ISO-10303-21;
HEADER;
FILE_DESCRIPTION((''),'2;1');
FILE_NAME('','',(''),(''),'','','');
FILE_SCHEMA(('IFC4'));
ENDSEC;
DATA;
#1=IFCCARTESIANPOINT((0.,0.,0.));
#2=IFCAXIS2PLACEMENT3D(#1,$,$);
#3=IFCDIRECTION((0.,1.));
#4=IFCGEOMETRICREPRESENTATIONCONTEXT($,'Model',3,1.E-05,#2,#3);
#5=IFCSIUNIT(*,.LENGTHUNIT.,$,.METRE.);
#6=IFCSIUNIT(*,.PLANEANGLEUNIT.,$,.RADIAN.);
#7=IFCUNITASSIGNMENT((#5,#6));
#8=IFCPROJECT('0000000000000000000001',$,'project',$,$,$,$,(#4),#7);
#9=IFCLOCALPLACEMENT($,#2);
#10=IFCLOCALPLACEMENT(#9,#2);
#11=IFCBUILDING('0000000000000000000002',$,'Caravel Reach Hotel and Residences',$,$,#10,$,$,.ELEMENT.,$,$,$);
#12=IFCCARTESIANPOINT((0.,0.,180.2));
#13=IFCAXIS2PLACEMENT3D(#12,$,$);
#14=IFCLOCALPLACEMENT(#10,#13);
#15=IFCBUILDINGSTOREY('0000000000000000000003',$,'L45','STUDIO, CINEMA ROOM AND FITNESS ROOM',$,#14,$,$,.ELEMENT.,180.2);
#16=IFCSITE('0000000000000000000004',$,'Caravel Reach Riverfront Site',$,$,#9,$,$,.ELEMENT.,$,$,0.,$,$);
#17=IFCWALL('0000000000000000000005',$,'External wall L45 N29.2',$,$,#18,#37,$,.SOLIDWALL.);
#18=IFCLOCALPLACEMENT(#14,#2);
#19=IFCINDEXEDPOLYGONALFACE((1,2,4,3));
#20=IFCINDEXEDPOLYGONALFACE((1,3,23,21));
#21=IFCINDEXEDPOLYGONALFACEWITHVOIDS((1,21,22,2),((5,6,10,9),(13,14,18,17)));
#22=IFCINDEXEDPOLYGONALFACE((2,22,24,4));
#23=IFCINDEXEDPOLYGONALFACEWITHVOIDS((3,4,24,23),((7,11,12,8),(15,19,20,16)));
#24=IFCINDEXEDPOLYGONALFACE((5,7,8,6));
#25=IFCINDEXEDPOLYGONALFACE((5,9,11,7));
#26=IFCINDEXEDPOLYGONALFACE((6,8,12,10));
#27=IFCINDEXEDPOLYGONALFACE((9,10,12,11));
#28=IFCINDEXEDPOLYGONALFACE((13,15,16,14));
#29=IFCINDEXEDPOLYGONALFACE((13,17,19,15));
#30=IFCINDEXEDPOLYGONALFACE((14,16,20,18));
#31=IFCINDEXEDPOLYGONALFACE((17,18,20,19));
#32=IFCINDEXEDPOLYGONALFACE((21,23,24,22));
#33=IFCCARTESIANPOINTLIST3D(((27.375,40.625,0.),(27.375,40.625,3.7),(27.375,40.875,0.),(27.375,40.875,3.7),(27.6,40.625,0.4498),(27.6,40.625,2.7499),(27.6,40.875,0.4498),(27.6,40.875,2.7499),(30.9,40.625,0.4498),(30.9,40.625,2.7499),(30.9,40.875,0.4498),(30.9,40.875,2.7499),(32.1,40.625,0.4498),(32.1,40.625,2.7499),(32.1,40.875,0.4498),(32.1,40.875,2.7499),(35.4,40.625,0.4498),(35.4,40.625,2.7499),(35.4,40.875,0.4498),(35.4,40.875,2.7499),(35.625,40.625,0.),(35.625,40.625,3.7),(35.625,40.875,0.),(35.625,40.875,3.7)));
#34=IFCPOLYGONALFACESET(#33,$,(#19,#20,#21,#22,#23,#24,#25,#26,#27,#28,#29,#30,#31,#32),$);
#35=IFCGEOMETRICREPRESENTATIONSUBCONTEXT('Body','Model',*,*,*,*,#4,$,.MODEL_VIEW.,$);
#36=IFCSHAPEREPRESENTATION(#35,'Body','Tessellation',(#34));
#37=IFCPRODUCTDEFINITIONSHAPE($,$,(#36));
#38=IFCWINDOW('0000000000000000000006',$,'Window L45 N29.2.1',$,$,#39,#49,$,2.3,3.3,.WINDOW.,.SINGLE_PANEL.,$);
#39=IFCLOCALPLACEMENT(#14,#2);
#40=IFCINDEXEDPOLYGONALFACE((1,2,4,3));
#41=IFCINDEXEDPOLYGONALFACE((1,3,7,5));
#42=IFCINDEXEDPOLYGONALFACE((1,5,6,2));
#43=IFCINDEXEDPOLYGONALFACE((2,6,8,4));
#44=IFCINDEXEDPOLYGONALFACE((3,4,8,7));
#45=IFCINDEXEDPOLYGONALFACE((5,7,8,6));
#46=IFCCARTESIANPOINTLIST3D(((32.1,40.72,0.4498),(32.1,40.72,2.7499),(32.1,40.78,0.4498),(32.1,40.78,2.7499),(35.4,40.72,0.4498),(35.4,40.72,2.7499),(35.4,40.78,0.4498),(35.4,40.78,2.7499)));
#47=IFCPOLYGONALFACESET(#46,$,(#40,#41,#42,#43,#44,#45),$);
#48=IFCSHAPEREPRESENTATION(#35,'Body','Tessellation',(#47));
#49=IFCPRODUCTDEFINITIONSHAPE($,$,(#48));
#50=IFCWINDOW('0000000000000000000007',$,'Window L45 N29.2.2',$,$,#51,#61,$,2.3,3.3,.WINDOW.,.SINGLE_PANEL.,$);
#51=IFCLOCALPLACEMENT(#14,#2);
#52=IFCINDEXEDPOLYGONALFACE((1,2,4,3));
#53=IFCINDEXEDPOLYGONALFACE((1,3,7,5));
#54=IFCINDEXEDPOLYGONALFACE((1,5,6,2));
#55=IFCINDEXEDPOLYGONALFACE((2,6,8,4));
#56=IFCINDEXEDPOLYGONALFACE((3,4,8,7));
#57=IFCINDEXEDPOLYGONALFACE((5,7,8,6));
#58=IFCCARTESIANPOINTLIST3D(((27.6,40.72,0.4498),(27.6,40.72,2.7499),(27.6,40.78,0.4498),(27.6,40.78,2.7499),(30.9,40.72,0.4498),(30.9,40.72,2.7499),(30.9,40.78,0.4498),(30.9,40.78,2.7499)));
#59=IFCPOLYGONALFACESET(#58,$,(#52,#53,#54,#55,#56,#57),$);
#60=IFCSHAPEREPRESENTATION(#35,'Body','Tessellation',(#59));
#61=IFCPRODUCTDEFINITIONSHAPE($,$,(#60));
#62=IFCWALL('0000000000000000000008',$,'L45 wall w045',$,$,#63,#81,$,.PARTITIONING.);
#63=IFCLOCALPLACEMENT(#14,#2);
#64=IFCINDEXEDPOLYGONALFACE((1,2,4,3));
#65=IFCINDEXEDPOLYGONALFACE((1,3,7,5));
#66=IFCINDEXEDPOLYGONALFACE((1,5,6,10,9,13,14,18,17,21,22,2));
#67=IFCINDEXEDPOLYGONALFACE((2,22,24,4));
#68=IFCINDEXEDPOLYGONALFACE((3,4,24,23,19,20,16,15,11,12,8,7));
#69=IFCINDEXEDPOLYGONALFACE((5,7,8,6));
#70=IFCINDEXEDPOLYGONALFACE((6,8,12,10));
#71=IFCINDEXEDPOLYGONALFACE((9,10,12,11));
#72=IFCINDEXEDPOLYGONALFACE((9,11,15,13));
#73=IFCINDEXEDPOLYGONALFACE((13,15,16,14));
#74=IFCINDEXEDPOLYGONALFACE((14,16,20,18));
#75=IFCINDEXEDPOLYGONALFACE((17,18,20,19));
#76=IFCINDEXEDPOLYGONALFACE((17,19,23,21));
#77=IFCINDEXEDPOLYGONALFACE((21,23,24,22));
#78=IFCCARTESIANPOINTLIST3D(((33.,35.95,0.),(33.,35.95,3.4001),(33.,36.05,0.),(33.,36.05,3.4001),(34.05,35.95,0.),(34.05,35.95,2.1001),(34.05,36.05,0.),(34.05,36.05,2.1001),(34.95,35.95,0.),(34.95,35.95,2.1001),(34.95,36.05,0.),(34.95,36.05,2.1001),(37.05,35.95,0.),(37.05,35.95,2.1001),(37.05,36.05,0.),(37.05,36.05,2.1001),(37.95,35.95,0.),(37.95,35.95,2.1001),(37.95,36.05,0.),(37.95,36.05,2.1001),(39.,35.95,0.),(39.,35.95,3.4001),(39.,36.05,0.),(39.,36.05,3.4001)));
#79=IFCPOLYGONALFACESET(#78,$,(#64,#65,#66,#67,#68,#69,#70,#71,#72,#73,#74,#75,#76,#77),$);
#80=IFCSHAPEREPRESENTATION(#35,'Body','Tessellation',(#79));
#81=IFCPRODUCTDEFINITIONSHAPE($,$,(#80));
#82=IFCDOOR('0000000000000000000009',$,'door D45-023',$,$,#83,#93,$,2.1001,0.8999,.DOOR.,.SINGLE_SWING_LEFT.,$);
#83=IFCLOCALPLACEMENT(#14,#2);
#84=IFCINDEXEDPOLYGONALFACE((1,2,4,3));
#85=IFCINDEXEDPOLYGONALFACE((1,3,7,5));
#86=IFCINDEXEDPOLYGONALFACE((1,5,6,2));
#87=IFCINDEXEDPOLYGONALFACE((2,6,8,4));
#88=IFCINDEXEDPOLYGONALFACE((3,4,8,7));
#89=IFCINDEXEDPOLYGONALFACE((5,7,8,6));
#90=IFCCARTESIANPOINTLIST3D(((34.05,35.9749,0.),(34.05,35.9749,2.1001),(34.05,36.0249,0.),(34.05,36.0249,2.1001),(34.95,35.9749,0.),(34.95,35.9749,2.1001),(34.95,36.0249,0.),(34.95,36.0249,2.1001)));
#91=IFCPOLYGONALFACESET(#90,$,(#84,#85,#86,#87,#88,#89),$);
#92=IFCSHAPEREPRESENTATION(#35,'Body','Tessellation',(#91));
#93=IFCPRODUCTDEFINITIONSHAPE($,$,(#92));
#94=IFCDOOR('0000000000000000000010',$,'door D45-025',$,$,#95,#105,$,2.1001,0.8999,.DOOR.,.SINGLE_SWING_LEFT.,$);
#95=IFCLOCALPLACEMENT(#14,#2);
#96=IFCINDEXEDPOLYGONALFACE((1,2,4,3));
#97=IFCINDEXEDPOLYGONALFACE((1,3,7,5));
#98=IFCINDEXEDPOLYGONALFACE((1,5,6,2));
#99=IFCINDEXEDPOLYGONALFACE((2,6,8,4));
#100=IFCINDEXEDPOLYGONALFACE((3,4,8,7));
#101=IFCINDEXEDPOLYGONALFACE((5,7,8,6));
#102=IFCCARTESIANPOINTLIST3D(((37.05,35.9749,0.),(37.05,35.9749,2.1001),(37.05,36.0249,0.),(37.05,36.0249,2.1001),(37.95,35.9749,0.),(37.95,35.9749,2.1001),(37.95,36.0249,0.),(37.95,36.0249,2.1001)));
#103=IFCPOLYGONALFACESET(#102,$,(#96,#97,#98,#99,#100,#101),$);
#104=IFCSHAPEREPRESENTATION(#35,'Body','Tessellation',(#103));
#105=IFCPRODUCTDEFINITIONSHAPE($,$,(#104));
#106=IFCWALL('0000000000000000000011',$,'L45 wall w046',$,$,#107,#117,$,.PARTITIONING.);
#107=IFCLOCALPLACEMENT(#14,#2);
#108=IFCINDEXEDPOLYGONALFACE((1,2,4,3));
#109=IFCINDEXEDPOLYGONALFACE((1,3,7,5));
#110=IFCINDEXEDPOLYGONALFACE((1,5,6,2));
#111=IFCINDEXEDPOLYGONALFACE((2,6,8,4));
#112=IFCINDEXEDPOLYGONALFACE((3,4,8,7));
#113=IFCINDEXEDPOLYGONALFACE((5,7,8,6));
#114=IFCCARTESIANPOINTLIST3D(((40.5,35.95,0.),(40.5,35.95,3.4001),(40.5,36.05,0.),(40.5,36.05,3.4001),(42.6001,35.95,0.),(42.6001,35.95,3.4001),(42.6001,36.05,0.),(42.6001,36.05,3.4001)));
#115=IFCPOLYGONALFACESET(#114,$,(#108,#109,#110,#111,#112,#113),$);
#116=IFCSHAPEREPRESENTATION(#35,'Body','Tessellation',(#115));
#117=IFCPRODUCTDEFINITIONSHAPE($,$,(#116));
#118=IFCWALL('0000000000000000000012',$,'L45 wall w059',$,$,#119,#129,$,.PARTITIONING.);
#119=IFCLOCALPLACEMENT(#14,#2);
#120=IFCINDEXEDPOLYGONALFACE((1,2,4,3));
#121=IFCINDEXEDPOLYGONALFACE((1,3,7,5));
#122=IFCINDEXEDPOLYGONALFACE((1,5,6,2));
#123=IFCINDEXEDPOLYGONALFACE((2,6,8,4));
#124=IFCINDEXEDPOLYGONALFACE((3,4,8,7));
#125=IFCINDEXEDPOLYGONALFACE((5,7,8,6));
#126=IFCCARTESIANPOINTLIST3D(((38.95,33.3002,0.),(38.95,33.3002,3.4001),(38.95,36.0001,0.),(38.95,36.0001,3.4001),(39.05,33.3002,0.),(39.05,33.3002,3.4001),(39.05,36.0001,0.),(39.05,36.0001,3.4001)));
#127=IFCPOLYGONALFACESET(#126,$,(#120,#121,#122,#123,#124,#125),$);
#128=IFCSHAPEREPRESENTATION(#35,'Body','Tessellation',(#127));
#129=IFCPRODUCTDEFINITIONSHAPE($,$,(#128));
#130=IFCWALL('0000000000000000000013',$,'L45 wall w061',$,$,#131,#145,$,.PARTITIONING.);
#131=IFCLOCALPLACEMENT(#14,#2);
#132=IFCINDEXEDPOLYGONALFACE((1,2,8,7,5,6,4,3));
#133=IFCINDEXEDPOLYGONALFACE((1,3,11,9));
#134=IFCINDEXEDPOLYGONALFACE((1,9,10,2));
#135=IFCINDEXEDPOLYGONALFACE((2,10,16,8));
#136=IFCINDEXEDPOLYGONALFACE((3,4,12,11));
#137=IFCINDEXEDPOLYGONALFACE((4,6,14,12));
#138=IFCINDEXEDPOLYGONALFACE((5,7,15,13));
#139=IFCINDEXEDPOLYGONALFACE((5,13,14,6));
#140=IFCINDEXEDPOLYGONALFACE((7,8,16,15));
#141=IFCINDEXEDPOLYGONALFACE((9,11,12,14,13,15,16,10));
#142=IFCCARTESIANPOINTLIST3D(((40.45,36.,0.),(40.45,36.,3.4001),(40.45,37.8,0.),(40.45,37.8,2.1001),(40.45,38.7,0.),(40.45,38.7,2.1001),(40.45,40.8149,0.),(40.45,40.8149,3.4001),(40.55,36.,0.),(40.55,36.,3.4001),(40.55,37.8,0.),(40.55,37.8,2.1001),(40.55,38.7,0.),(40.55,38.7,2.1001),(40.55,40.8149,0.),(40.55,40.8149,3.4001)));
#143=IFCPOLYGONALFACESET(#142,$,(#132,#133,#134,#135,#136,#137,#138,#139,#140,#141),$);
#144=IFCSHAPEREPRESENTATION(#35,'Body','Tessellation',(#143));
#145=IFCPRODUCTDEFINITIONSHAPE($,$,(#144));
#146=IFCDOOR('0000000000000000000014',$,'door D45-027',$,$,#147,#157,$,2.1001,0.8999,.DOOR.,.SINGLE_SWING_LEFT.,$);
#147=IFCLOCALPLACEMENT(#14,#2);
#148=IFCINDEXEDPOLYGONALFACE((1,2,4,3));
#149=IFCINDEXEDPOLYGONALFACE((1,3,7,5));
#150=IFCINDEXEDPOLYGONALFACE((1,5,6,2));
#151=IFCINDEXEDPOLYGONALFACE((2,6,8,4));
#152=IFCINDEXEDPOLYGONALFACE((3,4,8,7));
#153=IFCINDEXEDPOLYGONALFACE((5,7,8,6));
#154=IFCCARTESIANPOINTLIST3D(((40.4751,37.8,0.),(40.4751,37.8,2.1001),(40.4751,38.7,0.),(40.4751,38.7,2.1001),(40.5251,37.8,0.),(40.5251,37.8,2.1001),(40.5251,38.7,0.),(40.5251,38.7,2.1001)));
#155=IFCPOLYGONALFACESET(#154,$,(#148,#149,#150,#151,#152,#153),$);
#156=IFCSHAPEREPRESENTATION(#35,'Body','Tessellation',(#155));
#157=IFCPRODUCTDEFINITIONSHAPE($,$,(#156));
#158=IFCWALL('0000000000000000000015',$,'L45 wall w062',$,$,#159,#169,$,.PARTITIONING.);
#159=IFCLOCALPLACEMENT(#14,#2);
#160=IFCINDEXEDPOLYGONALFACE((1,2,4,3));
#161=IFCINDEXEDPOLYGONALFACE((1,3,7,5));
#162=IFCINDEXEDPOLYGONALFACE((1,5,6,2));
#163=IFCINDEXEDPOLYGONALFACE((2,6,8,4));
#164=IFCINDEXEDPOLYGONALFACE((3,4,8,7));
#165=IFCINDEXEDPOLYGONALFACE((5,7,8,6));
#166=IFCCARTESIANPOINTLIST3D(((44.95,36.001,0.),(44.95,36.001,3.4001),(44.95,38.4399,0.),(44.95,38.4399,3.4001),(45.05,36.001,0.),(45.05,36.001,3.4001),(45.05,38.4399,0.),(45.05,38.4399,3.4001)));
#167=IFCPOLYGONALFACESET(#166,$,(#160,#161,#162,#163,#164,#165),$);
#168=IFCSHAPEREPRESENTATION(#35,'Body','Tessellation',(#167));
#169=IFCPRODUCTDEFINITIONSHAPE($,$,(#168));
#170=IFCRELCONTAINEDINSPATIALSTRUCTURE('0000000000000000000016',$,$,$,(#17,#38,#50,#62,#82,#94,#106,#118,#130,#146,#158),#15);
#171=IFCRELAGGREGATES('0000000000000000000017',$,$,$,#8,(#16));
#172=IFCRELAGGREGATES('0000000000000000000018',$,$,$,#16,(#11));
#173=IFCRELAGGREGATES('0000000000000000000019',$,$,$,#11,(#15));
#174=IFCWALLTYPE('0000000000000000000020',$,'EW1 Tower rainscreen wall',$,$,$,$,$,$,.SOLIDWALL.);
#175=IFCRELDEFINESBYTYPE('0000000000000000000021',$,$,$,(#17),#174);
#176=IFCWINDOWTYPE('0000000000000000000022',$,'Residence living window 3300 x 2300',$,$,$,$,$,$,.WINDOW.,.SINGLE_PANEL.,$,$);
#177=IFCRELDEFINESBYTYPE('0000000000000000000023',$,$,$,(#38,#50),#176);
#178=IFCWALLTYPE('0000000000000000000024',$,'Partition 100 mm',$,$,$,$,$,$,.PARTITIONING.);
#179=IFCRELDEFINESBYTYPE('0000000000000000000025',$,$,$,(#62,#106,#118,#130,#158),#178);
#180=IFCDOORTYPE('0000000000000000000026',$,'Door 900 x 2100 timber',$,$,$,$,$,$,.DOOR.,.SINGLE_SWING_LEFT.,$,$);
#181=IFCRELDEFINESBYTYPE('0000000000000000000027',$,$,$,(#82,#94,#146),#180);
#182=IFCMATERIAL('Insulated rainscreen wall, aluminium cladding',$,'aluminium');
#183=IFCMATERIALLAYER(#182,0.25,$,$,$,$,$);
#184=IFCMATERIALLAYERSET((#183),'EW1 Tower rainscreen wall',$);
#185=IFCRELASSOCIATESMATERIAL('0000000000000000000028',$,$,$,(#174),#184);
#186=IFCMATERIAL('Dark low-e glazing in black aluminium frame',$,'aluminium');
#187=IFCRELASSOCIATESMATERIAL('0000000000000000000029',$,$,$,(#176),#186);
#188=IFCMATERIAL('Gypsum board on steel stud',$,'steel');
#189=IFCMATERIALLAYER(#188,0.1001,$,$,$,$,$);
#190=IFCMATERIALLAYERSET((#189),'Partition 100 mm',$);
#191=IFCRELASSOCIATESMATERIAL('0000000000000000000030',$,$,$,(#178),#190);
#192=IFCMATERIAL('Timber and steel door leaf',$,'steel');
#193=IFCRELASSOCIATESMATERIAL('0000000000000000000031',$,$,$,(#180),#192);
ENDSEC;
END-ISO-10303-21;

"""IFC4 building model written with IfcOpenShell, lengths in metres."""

from ifc_helpers import new_model, si_unit, direction, frame, frame_2d, origin, place, context, subcontext, project, spatial, rectangle, extrude, material, layer, layer_set, type_object, element, fill, save


model = new_model("IFC4")

# Units and contexts
model_context = context("Model", 3, precision=1e-05, world=origin(), true_north=direction((0.0, 1.0)))
body_context = subcontext(model_context, "Body", "Model", "MODEL_VIEW")
ifc_project = project(units=[si_unit("LENGTHUNIT", "METRE"), si_unit("PLANEANGLEUNIT", "RADIAN")], contexts=[model_context])

# Site, building, storey
site_placement = place(None, origin())
site = spatial("IfcSite", under=ifc_project, at=site_placement, Name="Caravel Reach Riverfront Site", CompositionType="ELEMENT", RefElevation=0.0)
building_placement = place(site_placement, origin())
building = spatial("IfcBuilding", under=site, at=building_placement, Name="Caravel Reach Hotel and Residences", CompositionType="ELEMENT")
storey_placement = place(building_placement, frame((0.0, 0.0, 180.2)))
storey = spatial("IfcBuildingStorey", under=building, at=storey_placement, Name="L45", Description="STUDIO, CINEMA ROOM AND FITNESS ROOM", CompositionType="ELEMENT", Elevation=180.2)

# Wall, openings, windows
ifc_material_1 = material(Name="Insulated rainscreen wall, aluminium cladding", Category="aluminium")
ifc_layer_1 = layer(ifc_material_1, 0.25)
ifc_layer_set_1 = layer_set([ifc_layer_1], Name="EW1 Tower rainscreen wall")
wall_type_1 = type_object("IfcWallType", Name="EW1 Tower rainscreen wall", PredefinedType="SOLIDWALL", material=ifc_layer_set_1)
ifc_material_2 = material(Name="Dark low-e glazing in black aluminium frame", Category="aluminium")
window_type = type_object("IfcWindowType", Name="Residence living window 3300 x 2300", PartitioningType="SINGLE_PANEL", PredefinedType="WINDOW", material=ifc_material_2)
wall_1_placement = place(storey_placement, frame((35.625, 40.75, 0.0), z_axis=(0.0, 0.0, 1.0), x_axis=(-1.0, 0.0, 0.0)))
wall_1 = element("IfcWall", 1, at=wall_1_placement, inside=storey, type_object=wall_type_1, Name="External wall L45 N29.2", PredefinedType="SOLIDWALL", context=body_context, shape_type="SweptSolid", body=[
    extrude(rectangle(XDim=8.25, YDim=0.25, at=frame_2d((4.125, 0.0))), origin(), (0.0, 0.0, 1.0), 3.7),
])
opening_1_placement = place(wall_1_placement, frame((0.2251, 0.0, 0.45)))
opening_1 = element("IfcOpeningElement", 2, at=opening_1_placement, cuts=wall_1, PredefinedType="OPENING", context=body_context, shape_type="SweptSolid", body=[
    extrude(rectangle(XDim=3.3, YDim=2.3, at=frame_2d((1.6499, 1.1499))), frame((0.0, 0.135, 0.0), z_axis=(0.0, -1.0, 0.0), x_axis=(1.0, 0.0, 0.0)), (0.0, 0.0, 1.0), 0.27),
])
opening_2_placement = place(wall_1_placement, frame((4.7251, 0.0, 0.45)))
opening_2 = element("IfcOpeningElement", 3, at=opening_2_placement, cuts=wall_1, PredefinedType="OPENING", context=body_context, shape_type="SweptSolid", body=[
    extrude(rectangle(XDim=3.3, YDim=2.3, at=frame_2d((1.6499, 1.1499))), frame((0.0, 0.135, 0.0), z_axis=(0.0, -1.0, 0.0), x_axis=(1.0, 0.0, 0.0)), (0.0, 0.0, 1.0), 0.27),
])
window_1_placement = place(opening_1_placement, origin())
window_1 = element("IfcWindow", 4, at=window_1_placement, inside=storey, type_object=window_type, Name="Window L45 N29.2.1", OverallHeight=2.3, OverallWidth=3.3, PartitioningType="SINGLE_PANEL", PredefinedType="WINDOW", context=body_context, shape_type="SweptSolid", body=[
    extrude(rectangle(XDim=3.3, YDim=2.3, at=frame_2d((1.6499, 1.1499))), frame((0.0, 0.03, 0.0), z_axis=(0.0, -1.0, 0.0), x_axis=(1.0, 0.0, 0.0)), (0.0, 0.0, 1.0), 0.0601),
])
fill(opening_1, window_1)
window_2_placement = place(opening_2_placement, origin())
window_2 = element("IfcWindow", 5, at=window_2_placement, inside=storey, type_object=window_type, Name="Window L45 N29.2.2", OverallHeight=2.3, OverallWidth=3.3, PartitioningType="SINGLE_PANEL", PredefinedType="WINDOW", context=body_context, shape_type="SweptSolid", body=[
    extrude(rectangle(XDim=3.3, YDim=2.3, at=frame_2d((1.6499, 1.1499))), frame((0.0, 0.03, 0.0), z_axis=(0.0, -1.0, 0.0), x_axis=(1.0, 0.0, 0.0)), (0.0, 0.0, 1.0), 0.0601),
])
fill(opening_2, window_2)

# Wall, openings, doors
ifc_material_3 = material(Name="Gypsum board on steel stud", Category="steel")
ifc_layer_2 = layer(ifc_material_3, 0.1001)
ifc_layer_set_2 = layer_set([ifc_layer_2], Name="Partition 100 mm")
wall_type_2 = type_object("IfcWallType", Name="Partition 100 mm", PredefinedType="PARTITIONING", material=ifc_layer_set_2)
wall_2_placement = place(storey_placement, frame((33.0, 36.0, 0.0), z_axis=(0.0, 0.0, 1.0), x_axis=(1.0, 0.0, 0.0)))
wall_2 = element("IfcWall", 6, at=wall_2_placement, inside=storey, type_object=wall_type_2, Name="L45 wall w045", PredefinedType="PARTITIONING", context=body_context, shape_type="SweptSolid", body=[
    extrude(rectangle(XDim=6.0, YDim=0.1001, at=frame_2d((3.0, 0.0))), origin(), (0.0, 0.0, 1.0), 3.4001),
])
opening_3_placement = place(wall_2_placement, frame((1.05, 0.0, 0.0)))
opening_3 = element("IfcOpeningElement", 7, at=opening_3_placement, cuts=wall_2, PredefinedType="OPENING", context=body_context, shape_type="SweptSolid", body=[
    extrude(rectangle(XDim=0.8999, YDim=2.1001, at=frame_2d((0.45, 1.05))), frame((0.0, 0.0601, 0.0), z_axis=(0.0, -1.0, 0.0), x_axis=(1.0, 0.0, 0.0)), (0.0, 0.0, 1.0), 0.1201),
])
opening_4_placement = place(wall_2_placement, frame((4.05, 0.0, 0.0)))
opening_4 = element("IfcOpeningElement", 8, at=opening_4_placement, cuts=wall_2, PredefinedType="OPENING", context=body_context, shape_type="SweptSolid", body=[
    extrude(rectangle(XDim=0.8999, YDim=2.1001, at=frame_2d((0.45, 1.05))), frame((0.0, 0.0601, 0.0), z_axis=(0.0, -1.0, 0.0), x_axis=(1.0, 0.0, 0.0)), (0.0, 0.0, 1.0), 0.1201),
])
ifc_material_4 = material(Name="Timber and steel door leaf", Category="steel")
door_type_1 = type_object("IfcDoorType", Name="Door 900 x 2100 timber", OperationType="SINGLE_SWING_LEFT", PredefinedType="DOOR", material=ifc_material_4)
door_1_placement = place(opening_3_placement, origin())
door_1 = element("IfcDoor", 9, at=door_1_placement, inside=storey, type_object=door_type_1, Name="door D45-023", OperationType="SINGLE_SWING_LEFT", OverallHeight=2.1001, OverallWidth=0.8999, PredefinedType="DOOR", context=body_context, shape_type="SweptSolid", body=[
    extrude(rectangle(XDim=0.8999, YDim=2.1001, at=frame_2d((0.45, 1.05))), frame((0.0, 0.0249, 0.0), z_axis=(0.0, -1.0, 0.0), x_axis=(1.0, 0.0, 0.0)), (0.0, 0.0, 1.0), 0.05),
])
fill(opening_3, door_1)
door_2_placement = place(opening_4_placement, origin())
door_2 = element("IfcDoor", 10, at=door_2_placement, inside=storey, type_object=door_type_1, Name="door D45-025", OperationType="SINGLE_SWING_LEFT", OverallHeight=2.1001, OverallWidth=0.8999, PredefinedType="DOOR", context=body_context, shape_type="SweptSolid", body=[
    extrude(rectangle(XDim=0.8999, YDim=2.1001, at=frame_2d((0.45, 1.05))), frame((0.0, 0.0249, 0.0), z_axis=(0.0, -1.0, 0.0), x_axis=(1.0, 0.0, 0.0)), (0.0, 0.0, 1.0), 0.05),
])
fill(opening_4, door_2)

# Walls
wall_3_placement = place(storey_placement, frame((40.5, 36.0, 0.0), z_axis=(0.0, 0.0, 1.0), x_axis=(1.0, 0.0, 0.0)))
element("IfcWall", 11, at=wall_3_placement, inside=storey, type_object=wall_type_2, Name="L45 wall w046", PredefinedType="PARTITIONING", context=body_context, shape_type="SweptSolid", body=[
    extrude(rectangle(XDim=2.1001, YDim=0.1001, at=frame_2d((1.05, 0.0))), origin(), (0.0, 0.0, 1.0), 3.4001),
])
wall_4_placement = place(storey_placement, frame((39.0, 33.3, 0.0), z_axis=(0.0, 0.0, 1.0), x_axis=(0.0, 1.0, 0.0)))
element("IfcWall", 12, at=wall_4_placement, inside=storey, type_object=wall_type_2, Name="L45 wall w059", PredefinedType="PARTITIONING", context=body_context, shape_type="SweptSolid", body=[
    extrude(rectangle(XDim=2.7, YDim=0.1001, at=frame_2d((1.3501, 0.0))), origin(), (0.0, 0.0, 1.0), 3.4001),
])

# Wall, opening, door
wall_5_placement = place(storey_placement, frame((40.5, 36.0, 0.0), z_axis=(0.0, 0.0, 1.0), x_axis=(0.0, 1.0, 0.0)))
wall_5 = element("IfcWall", 13, at=wall_5_placement, inside=storey, type_object=wall_type_2, Name="L45 wall w061", PredefinedType="PARTITIONING", context=body_context, shape_type="SweptSolid", body=[
    extrude(rectangle(XDim=4.8149, YDim=0.1001, at=frame_2d((2.4075, 0.0))), origin(), (0.0, 0.0, 1.0), 3.4001),
])
opening_5_placement = place(wall_5_placement, frame((1.8, 0.0, 0.0)))
opening_5 = element("IfcOpeningElement", 14, at=opening_5_placement, cuts=wall_5, PredefinedType="OPENING", context=body_context, shape_type="SweptSolid", body=[
    extrude(rectangle(XDim=0.8999, YDim=2.1001, at=frame_2d((0.45, 1.05))), frame((0.0, 0.0601, 0.0), z_axis=(0.0, -1.0, 0.0), x_axis=(1.0, 0.0, 0.0)), (0.0, 0.0, 1.0), 0.1201),
])
door_3_placement = place(opening_5_placement, origin())
door_3 = element("IfcDoor", 15, at=door_3_placement, inside=storey, type_object=door_type_1, Name="door D45-027", OperationType="SINGLE_SWING_LEFT", OverallHeight=2.1001, OverallWidth=0.8999, PredefinedType="DOOR", context=body_context, shape_type="SweptSolid", body=[
    extrude(rectangle(XDim=0.8999, YDim=2.1001, at=frame_2d((0.45, 1.05))), frame((0.0, 0.0249, 0.0), z_axis=(0.0, -1.0, 0.0), x_axis=(1.0, 0.0, 0.0)), (0.0, 0.0, 1.0), 0.05),
])
fill(opening_5, door_3)

# Wall
wall_6_placement = place(storey_placement, frame((45.0, 36.001, 0.0), z_axis=(0.0, 0.0, 1.0), x_axis=(0.0, 1.0, 0.0)))
element("IfcWall", 16, at=wall_6_placement, inside=storey, type_object=wall_type_2, Name="L45 wall w062", PredefinedType="PARTITIONING", context=body_context, shape_type="SweptSolid", body=[
    extrude(rectangle(XDim=2.439, YDim=0.1001, at=frame_2d((1.2195, 0.0))), origin(), (0.0, 0.0, 1.0), 3.4001),
])

save(model, "model.ifc")
